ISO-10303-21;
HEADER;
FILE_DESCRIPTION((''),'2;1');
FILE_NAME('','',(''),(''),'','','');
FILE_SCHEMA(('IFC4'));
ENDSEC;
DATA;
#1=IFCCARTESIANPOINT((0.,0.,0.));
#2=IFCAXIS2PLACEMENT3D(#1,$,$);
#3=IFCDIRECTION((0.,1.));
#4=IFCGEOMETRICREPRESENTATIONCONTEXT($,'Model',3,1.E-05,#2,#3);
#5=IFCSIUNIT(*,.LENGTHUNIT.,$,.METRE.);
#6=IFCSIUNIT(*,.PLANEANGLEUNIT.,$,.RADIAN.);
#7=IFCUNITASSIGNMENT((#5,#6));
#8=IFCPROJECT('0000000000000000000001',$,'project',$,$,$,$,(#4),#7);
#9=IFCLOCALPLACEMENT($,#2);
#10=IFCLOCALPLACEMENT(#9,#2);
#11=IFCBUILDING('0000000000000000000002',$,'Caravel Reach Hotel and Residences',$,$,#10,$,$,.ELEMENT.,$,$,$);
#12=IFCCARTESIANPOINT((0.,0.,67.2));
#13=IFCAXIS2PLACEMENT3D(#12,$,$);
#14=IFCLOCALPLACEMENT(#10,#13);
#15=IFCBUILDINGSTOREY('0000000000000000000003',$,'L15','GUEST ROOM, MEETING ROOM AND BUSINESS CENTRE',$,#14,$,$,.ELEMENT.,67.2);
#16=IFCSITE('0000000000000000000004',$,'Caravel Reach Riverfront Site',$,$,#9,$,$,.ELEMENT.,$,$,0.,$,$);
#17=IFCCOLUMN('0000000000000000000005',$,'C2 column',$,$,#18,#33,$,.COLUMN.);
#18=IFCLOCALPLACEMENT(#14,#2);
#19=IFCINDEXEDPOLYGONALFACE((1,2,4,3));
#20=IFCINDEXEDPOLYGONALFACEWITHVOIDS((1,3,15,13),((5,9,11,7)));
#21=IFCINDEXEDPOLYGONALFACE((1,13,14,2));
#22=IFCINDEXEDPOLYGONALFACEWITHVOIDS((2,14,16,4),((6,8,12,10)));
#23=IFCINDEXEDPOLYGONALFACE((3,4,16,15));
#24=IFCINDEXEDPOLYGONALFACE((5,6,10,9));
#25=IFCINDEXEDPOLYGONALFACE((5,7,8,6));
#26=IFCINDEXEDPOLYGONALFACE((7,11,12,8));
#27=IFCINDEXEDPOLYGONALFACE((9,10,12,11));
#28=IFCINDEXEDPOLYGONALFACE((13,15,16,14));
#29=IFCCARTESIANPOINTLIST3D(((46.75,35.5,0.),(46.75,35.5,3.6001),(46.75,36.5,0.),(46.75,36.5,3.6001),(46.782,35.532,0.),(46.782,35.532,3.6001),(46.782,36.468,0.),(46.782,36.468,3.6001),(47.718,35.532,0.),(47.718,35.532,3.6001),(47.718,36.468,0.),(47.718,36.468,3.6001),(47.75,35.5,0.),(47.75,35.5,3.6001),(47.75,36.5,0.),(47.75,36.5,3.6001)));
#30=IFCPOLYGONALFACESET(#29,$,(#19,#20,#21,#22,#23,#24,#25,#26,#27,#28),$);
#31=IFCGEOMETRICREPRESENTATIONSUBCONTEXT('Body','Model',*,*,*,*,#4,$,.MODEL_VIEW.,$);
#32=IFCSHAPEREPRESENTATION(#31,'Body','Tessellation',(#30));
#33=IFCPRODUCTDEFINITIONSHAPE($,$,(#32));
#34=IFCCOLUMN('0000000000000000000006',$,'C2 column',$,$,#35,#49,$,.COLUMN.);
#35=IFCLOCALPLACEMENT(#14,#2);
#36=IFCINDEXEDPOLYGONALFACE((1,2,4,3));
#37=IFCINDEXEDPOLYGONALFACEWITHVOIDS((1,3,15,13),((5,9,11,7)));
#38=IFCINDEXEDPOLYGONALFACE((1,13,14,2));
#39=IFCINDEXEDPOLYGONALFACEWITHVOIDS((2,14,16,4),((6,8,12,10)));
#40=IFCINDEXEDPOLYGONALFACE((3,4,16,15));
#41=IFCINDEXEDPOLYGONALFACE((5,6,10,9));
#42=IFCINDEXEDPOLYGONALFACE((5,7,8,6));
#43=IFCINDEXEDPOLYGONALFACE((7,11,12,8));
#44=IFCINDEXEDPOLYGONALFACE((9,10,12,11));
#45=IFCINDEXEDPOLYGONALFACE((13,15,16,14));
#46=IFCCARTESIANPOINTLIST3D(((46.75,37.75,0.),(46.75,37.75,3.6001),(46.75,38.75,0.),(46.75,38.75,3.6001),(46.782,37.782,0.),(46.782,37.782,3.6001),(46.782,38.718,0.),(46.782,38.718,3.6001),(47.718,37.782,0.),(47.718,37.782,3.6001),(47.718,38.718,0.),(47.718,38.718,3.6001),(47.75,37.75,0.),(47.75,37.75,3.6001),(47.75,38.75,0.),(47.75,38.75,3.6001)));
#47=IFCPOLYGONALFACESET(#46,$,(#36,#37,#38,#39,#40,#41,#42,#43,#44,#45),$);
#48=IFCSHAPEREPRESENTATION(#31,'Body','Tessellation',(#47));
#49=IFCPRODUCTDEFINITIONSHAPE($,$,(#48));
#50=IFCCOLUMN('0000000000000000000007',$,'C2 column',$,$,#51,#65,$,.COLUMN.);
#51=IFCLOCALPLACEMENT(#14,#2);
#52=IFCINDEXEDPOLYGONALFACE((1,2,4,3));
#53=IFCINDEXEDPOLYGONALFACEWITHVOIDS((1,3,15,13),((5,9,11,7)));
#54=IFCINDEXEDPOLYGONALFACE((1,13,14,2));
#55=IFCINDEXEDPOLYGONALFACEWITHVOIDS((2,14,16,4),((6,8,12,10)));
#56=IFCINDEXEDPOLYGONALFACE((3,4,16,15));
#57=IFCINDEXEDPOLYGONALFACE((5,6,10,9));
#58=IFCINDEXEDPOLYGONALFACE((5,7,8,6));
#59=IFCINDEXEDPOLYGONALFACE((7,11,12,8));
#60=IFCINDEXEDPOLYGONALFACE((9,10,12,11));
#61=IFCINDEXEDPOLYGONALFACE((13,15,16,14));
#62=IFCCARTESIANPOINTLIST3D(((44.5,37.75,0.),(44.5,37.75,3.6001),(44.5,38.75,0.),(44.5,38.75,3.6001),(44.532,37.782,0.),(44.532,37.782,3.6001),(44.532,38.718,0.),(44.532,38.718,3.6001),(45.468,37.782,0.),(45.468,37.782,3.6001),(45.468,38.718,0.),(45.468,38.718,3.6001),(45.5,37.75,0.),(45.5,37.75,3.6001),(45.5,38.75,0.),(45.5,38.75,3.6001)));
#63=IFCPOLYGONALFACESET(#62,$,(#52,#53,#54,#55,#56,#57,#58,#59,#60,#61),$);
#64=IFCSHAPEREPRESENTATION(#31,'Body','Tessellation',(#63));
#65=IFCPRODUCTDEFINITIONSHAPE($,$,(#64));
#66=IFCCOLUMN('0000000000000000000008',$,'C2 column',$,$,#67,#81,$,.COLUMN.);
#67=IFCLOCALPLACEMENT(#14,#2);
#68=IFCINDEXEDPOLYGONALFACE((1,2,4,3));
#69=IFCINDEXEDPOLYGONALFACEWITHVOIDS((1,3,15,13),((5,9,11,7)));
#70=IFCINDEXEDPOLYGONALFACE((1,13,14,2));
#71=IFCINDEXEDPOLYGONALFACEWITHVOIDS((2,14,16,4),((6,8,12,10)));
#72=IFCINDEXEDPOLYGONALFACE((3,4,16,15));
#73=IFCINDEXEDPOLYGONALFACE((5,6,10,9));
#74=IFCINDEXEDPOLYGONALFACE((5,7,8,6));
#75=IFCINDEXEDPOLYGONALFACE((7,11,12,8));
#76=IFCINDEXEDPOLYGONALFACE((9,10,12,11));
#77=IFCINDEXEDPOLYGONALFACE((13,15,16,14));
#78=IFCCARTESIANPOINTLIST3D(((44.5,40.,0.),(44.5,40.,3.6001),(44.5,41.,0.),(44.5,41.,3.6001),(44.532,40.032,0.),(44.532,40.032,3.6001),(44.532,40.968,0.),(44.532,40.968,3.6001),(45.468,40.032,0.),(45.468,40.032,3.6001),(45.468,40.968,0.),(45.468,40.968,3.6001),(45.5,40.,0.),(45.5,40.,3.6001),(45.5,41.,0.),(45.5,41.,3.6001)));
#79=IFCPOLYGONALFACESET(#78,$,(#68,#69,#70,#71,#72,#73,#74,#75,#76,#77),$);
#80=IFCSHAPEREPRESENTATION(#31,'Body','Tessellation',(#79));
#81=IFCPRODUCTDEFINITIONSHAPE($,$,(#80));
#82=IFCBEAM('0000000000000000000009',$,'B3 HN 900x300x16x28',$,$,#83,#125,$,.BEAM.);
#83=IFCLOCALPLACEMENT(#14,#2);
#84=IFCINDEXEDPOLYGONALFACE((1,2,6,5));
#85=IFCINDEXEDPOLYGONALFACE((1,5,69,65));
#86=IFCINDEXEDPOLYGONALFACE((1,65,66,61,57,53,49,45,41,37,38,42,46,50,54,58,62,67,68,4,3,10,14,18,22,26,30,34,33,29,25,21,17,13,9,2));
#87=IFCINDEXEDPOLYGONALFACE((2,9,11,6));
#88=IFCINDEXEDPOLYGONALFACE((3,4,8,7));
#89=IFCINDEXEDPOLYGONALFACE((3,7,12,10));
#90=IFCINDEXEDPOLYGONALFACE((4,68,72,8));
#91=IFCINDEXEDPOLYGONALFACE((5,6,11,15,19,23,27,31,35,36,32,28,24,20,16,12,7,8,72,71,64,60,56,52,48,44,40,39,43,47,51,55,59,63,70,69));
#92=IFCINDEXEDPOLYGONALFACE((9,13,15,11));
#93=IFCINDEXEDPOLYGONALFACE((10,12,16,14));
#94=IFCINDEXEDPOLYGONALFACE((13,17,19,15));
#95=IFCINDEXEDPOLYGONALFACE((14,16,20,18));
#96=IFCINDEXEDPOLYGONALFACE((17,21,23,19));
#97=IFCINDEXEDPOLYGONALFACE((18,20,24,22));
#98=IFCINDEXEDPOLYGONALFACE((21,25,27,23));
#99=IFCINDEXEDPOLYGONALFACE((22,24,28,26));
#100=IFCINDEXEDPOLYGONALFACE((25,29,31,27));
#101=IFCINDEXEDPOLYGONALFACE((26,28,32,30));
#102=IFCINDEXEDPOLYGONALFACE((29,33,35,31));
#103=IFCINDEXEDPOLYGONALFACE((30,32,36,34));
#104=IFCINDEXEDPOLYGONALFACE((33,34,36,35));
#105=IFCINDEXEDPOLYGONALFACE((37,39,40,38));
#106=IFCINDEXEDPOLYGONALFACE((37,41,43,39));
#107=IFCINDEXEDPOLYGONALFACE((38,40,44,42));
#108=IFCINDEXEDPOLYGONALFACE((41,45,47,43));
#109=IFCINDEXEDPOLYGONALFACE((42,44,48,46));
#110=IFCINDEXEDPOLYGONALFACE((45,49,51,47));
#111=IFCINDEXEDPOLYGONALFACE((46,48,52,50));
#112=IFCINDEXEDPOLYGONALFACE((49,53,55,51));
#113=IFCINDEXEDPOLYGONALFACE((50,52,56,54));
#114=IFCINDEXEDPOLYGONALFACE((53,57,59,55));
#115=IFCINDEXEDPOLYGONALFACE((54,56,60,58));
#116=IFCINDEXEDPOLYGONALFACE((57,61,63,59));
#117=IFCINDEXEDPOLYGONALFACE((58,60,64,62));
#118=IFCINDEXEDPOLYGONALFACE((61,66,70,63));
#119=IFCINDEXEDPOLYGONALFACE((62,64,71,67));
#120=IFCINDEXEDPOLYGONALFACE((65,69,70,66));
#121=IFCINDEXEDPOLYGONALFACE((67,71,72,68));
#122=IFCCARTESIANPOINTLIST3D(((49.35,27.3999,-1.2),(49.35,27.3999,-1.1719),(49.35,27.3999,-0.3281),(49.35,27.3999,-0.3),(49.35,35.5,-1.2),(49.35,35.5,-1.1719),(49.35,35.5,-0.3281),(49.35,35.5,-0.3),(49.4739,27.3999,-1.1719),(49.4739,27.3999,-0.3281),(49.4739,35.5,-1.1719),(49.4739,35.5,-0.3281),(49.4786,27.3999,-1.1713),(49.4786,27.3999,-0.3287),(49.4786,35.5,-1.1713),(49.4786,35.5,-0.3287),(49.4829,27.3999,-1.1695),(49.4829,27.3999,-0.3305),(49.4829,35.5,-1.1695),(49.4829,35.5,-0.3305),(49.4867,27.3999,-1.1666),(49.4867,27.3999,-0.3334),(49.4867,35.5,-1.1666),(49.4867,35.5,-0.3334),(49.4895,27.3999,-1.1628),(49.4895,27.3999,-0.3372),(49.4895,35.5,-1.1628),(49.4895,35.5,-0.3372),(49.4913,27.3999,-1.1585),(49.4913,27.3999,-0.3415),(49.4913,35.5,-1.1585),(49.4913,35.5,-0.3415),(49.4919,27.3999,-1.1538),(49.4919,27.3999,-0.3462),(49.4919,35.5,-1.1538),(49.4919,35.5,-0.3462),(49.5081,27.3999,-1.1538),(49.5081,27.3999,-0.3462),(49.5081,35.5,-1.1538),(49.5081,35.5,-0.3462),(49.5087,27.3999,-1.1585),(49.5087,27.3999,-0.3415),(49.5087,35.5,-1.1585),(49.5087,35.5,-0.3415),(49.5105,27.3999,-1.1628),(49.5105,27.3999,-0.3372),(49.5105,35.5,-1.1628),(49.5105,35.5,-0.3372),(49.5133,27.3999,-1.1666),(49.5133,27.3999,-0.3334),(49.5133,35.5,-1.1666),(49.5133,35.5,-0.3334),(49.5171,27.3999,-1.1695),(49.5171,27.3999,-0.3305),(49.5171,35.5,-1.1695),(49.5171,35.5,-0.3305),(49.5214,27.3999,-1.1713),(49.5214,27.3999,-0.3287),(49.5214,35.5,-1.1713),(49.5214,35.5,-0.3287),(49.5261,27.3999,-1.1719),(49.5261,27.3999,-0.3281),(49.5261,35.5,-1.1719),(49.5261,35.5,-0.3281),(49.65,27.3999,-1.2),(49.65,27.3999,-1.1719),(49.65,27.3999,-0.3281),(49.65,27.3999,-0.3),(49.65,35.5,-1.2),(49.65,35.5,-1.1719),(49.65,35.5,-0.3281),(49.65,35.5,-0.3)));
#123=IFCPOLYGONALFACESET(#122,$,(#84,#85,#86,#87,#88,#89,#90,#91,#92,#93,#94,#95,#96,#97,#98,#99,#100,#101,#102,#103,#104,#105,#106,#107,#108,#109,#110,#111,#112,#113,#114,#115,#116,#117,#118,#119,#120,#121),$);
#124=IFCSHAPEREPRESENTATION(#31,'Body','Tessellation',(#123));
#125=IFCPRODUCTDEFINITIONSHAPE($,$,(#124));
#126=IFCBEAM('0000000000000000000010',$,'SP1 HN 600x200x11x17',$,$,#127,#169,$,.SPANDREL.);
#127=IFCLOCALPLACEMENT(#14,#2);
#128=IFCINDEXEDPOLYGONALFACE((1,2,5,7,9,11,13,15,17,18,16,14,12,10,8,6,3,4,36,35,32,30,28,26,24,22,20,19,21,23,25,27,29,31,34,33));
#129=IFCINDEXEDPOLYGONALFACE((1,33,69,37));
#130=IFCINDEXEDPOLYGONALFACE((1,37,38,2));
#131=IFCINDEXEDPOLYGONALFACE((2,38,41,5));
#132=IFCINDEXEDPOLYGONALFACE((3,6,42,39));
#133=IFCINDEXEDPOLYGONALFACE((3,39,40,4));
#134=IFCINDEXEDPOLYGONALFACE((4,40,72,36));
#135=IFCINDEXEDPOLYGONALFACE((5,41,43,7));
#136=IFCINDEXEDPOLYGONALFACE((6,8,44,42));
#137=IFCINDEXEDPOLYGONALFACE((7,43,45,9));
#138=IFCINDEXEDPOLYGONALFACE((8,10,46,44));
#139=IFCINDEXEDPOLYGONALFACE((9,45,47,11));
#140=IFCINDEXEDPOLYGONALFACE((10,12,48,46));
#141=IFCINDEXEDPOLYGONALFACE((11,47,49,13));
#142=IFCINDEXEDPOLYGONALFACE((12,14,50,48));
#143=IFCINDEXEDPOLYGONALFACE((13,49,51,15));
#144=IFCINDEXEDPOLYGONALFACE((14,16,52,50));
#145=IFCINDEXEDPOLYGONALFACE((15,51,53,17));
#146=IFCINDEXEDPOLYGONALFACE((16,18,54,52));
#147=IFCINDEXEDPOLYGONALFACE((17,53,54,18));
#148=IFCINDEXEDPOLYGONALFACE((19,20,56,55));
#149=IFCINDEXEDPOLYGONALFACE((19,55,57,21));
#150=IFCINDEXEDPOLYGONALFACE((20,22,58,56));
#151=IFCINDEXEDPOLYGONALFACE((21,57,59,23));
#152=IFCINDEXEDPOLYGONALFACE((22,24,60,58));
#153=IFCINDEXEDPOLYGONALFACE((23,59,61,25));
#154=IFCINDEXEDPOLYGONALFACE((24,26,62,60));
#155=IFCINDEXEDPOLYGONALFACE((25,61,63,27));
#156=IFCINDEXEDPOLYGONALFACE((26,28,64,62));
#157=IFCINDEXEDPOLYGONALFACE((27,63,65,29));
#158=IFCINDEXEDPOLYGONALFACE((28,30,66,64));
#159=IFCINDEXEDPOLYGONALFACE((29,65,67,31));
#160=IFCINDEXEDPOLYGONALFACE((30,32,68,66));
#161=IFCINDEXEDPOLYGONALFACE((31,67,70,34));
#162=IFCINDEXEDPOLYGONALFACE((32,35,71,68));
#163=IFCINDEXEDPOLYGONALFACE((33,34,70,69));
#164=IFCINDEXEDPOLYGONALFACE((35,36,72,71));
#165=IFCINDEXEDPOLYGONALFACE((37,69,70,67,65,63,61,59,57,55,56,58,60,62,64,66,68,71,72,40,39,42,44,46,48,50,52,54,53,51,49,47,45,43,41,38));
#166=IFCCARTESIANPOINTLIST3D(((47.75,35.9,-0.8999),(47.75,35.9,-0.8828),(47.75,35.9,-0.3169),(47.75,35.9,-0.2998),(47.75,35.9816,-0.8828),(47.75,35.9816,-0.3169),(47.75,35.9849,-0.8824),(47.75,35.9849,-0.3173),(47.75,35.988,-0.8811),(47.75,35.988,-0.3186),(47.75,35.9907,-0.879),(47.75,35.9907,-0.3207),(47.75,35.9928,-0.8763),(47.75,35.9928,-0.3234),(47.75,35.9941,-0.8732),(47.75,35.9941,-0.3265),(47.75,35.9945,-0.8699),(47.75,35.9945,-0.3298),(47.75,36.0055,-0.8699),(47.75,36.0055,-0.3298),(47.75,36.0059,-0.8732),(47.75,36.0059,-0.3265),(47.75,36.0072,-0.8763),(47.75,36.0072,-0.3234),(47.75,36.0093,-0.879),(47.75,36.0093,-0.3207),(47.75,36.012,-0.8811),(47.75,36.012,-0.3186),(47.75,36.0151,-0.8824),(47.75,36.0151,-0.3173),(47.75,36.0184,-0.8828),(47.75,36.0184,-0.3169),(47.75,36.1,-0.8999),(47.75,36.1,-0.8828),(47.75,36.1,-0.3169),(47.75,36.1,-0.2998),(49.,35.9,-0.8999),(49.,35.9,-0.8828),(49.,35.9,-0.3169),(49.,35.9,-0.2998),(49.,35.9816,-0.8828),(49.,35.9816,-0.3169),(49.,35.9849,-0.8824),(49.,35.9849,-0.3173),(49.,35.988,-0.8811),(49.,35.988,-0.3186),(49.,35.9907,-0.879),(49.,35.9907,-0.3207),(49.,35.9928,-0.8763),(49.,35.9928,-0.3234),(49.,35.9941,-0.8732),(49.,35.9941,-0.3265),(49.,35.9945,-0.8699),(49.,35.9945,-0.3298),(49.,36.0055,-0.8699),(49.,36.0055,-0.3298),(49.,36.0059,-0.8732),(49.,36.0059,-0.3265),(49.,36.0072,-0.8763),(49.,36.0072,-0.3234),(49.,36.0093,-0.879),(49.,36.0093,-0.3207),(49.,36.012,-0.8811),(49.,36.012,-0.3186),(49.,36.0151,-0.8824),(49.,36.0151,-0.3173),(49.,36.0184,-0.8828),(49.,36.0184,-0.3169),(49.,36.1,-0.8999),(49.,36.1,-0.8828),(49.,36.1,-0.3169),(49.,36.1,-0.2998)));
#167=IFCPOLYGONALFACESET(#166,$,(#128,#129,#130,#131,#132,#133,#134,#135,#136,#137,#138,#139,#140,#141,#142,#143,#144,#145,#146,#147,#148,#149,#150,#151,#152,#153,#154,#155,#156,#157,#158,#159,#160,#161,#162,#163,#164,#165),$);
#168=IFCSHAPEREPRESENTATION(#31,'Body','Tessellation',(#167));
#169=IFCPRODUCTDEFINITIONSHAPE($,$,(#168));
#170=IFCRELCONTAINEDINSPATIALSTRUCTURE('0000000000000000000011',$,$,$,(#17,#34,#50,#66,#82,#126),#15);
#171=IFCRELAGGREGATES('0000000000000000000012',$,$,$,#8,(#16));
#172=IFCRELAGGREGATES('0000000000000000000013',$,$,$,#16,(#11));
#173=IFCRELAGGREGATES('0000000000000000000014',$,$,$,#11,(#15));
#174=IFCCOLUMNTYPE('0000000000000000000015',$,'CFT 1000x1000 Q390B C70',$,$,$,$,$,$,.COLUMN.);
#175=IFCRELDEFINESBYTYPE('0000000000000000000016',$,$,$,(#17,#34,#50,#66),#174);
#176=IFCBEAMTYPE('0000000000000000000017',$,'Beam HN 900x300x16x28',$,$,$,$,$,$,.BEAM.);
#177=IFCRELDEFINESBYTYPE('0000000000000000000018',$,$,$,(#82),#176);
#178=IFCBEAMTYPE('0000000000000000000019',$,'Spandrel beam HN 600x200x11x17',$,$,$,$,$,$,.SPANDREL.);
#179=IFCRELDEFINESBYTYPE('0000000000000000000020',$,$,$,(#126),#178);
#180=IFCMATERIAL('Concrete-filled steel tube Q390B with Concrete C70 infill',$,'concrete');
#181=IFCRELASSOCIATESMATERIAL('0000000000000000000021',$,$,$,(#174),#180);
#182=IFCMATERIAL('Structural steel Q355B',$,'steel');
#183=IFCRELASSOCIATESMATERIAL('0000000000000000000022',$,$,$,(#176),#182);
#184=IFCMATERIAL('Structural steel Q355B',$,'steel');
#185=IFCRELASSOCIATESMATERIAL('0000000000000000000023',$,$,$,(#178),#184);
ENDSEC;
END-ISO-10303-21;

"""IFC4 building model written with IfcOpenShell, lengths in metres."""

from ifc_helpers import new_model, si_unit, direction, frame, origin, origin_2d, place, context, subcontext, project, spatial, hollow_rectangle, i_section, extrude, material, material_profile, profile_set, type_object, element, save


model = new_model("IFC4")

# Units and contexts
model_context = context("Model", 3, precision=1e-05, world=origin(), true_north=direction((0.0, 1.0)))
body_context = subcontext(model_context, "Body", "Model", "MODEL_VIEW")
ifc_project = project(units=[si_unit("LENGTHUNIT", "METRE"), si_unit("PLANEANGLEUNIT", "RADIAN")], contexts=[model_context])

# Site, building, storey
site_placement = place(None, origin())
site = spatial("IfcSite", under=ifc_project, at=site_placement, Name="Caravel Reach Riverfront Site", CompositionType="ELEMENT", RefElevation=0.0)
building_placement = place(site_placement, origin())
building = spatial("IfcBuilding", under=site, at=building_placement, Name="Caravel Reach Hotel and Residences", CompositionType="ELEMENT")
storey_placement = place(building_placement, frame((0.0, 0.0, 67.2)))
storey = spatial("IfcBuildingStorey", under=building, at=storey_placement, Name="L15", Description="GUEST ROOM, MEETING ROOM AND BUSINESS CENTRE", CompositionType="ELEMENT", Elevation=67.2)

# Columns
ifc_material_1 = material(Name="Concrete-filled steel tube Q390B with Concrete C70 infill", Category="concrete")
ifc_material_profile_1 = material_profile(ifc_material_1, hollow_rectangle(XDim=1.0, YDim=1.0, WallThickness=0.032, at=origin_2d()), Name="RHS 1000x1000x32")
ifc_profile_set_1 = profile_set([ifc_material_profile_1], Name="Concrete-filled steel tube Q390B with Concrete C70 infill")
column_type = type_object("IfcColumnType", Name="CFT 1000x1000 Q390B C70", PredefinedType="COLUMN", material=ifc_profile_set_1)
for number, where, z_axis, x_axis, name in (
    (1, (47.25, 36.0, 0.0), (0.0, 0.0, 1.0), (1.0, 0.0, 0.0), "C2 column"),
    (2, (47.25, 38.25, 0.0), (0.0, 0.0, 1.0), (1.0, 0.0, 0.0), "C2 column"),
    (3, (45.0, 38.25, 0.0), (0.0, 0.0, 1.0), (1.0, 0.0, 0.0), "C2 column"),
    (4, (45.0, 40.5, 0.0), (0.0, 0.0, 1.0), (1.0, 0.0, 0.0), "C2 column"),
):
    element("IfcColumn", number, at=place(storey_placement, frame(where, z_axis=z_axis, x_axis=x_axis)), inside=storey, type_object=column_type, Name=name, PredefinedType="COLUMN", context=body_context, shape_type="SweptSolid", body=[
        extrude(hollow_rectangle(XDim=1.0, YDim=1.0, WallThickness=0.032, at=origin_2d()), origin(), (0.0, 0.0, 1.0), 3.6001),
    ])

# Beams
ifc_material_2 = material(Name="Structural steel Q355B", Category="steel")
ifc_material_profile_2 = material_profile(ifc_material_2, i_section(OverallWidth=0.3, OverallDepth=0.8999, WebThickness=0.0161, FlangeThickness=0.0281, FilletRadius=0.0181, at=origin_2d()), Name="HN 900x300x16x28")
ifc_profile_set_2 = profile_set([ifc_material_profile_2], Name="Structural steel Q355B")
beam_type_1 = type_object("IfcBeamType", Name="Beam HN 900x300x16x28", PredefinedType="BEAM", material=ifc_profile_set_2)
beam_1_placement = place(storey_placement, frame((49.5, 27.3999, -0.75), z_axis=(0.0, 1.0, 0.0), x_axis=(-1.0, 0.0, 0.0)))
element("IfcBeam", 5, at=beam_1_placement, inside=storey, type_object=beam_type_1, Name="B3 HN 900x300x16x28", PredefinedType="BEAM", context=body_context, shape_type="SweptSolid", body=[
    extrude(i_section(OverallWidth=0.3, OverallDepth=0.8999, WebThickness=0.0161, FlangeThickness=0.0281, FilletRadius=0.0181, at=origin_2d()), origin(), (0.0, 0.0, 1.0), 8.1001),
])
ifc_material_3 = material(Name="Structural steel Q355B", Category="steel")
ifc_material_profile_3 = material_profile(ifc_material_3, i_section(OverallWidth=0.2, OverallDepth=0.6001, WebThickness=0.011, FlangeThickness=0.0171, FilletRadius=0.0129, at=origin_2d()), Name="HN 600x200x11x17")
ifc_profile_set_3 = profile_set([ifc_material_profile_3], Name="Structural steel Q355B")
beam_type_2 = type_object("IfcBeamType", Name="Spandrel beam HN 600x200x11x17", PredefinedType="SPANDREL", material=ifc_profile_set_3)
for number, where, z_axis, x_axis, name in (
    (6, (49.0, 36.0, -0.5999), (-1.0, 0.0, 0.0), (0.0, -1.0, 0.0), "SP1 HN 600x200x11x17"),
):
    element("IfcBeam", number, at=place(storey_placement, frame(where, z_axis=z_axis, x_axis=x_axis)), inside=storey, type_object=beam_type_2, Name=name, PredefinedType="SPANDREL", context=body_context, shape_type="SweptSolid", body=[
        extrude(i_section(OverallWidth=0.2, OverallDepth=0.6001, WebThickness=0.011, FlangeThickness=0.0171, FilletRadius=0.0129, at=origin_2d()), origin(), (0.0, 0.0, 1.0), 1.25),
    ])

save(model, "model.ifc")
